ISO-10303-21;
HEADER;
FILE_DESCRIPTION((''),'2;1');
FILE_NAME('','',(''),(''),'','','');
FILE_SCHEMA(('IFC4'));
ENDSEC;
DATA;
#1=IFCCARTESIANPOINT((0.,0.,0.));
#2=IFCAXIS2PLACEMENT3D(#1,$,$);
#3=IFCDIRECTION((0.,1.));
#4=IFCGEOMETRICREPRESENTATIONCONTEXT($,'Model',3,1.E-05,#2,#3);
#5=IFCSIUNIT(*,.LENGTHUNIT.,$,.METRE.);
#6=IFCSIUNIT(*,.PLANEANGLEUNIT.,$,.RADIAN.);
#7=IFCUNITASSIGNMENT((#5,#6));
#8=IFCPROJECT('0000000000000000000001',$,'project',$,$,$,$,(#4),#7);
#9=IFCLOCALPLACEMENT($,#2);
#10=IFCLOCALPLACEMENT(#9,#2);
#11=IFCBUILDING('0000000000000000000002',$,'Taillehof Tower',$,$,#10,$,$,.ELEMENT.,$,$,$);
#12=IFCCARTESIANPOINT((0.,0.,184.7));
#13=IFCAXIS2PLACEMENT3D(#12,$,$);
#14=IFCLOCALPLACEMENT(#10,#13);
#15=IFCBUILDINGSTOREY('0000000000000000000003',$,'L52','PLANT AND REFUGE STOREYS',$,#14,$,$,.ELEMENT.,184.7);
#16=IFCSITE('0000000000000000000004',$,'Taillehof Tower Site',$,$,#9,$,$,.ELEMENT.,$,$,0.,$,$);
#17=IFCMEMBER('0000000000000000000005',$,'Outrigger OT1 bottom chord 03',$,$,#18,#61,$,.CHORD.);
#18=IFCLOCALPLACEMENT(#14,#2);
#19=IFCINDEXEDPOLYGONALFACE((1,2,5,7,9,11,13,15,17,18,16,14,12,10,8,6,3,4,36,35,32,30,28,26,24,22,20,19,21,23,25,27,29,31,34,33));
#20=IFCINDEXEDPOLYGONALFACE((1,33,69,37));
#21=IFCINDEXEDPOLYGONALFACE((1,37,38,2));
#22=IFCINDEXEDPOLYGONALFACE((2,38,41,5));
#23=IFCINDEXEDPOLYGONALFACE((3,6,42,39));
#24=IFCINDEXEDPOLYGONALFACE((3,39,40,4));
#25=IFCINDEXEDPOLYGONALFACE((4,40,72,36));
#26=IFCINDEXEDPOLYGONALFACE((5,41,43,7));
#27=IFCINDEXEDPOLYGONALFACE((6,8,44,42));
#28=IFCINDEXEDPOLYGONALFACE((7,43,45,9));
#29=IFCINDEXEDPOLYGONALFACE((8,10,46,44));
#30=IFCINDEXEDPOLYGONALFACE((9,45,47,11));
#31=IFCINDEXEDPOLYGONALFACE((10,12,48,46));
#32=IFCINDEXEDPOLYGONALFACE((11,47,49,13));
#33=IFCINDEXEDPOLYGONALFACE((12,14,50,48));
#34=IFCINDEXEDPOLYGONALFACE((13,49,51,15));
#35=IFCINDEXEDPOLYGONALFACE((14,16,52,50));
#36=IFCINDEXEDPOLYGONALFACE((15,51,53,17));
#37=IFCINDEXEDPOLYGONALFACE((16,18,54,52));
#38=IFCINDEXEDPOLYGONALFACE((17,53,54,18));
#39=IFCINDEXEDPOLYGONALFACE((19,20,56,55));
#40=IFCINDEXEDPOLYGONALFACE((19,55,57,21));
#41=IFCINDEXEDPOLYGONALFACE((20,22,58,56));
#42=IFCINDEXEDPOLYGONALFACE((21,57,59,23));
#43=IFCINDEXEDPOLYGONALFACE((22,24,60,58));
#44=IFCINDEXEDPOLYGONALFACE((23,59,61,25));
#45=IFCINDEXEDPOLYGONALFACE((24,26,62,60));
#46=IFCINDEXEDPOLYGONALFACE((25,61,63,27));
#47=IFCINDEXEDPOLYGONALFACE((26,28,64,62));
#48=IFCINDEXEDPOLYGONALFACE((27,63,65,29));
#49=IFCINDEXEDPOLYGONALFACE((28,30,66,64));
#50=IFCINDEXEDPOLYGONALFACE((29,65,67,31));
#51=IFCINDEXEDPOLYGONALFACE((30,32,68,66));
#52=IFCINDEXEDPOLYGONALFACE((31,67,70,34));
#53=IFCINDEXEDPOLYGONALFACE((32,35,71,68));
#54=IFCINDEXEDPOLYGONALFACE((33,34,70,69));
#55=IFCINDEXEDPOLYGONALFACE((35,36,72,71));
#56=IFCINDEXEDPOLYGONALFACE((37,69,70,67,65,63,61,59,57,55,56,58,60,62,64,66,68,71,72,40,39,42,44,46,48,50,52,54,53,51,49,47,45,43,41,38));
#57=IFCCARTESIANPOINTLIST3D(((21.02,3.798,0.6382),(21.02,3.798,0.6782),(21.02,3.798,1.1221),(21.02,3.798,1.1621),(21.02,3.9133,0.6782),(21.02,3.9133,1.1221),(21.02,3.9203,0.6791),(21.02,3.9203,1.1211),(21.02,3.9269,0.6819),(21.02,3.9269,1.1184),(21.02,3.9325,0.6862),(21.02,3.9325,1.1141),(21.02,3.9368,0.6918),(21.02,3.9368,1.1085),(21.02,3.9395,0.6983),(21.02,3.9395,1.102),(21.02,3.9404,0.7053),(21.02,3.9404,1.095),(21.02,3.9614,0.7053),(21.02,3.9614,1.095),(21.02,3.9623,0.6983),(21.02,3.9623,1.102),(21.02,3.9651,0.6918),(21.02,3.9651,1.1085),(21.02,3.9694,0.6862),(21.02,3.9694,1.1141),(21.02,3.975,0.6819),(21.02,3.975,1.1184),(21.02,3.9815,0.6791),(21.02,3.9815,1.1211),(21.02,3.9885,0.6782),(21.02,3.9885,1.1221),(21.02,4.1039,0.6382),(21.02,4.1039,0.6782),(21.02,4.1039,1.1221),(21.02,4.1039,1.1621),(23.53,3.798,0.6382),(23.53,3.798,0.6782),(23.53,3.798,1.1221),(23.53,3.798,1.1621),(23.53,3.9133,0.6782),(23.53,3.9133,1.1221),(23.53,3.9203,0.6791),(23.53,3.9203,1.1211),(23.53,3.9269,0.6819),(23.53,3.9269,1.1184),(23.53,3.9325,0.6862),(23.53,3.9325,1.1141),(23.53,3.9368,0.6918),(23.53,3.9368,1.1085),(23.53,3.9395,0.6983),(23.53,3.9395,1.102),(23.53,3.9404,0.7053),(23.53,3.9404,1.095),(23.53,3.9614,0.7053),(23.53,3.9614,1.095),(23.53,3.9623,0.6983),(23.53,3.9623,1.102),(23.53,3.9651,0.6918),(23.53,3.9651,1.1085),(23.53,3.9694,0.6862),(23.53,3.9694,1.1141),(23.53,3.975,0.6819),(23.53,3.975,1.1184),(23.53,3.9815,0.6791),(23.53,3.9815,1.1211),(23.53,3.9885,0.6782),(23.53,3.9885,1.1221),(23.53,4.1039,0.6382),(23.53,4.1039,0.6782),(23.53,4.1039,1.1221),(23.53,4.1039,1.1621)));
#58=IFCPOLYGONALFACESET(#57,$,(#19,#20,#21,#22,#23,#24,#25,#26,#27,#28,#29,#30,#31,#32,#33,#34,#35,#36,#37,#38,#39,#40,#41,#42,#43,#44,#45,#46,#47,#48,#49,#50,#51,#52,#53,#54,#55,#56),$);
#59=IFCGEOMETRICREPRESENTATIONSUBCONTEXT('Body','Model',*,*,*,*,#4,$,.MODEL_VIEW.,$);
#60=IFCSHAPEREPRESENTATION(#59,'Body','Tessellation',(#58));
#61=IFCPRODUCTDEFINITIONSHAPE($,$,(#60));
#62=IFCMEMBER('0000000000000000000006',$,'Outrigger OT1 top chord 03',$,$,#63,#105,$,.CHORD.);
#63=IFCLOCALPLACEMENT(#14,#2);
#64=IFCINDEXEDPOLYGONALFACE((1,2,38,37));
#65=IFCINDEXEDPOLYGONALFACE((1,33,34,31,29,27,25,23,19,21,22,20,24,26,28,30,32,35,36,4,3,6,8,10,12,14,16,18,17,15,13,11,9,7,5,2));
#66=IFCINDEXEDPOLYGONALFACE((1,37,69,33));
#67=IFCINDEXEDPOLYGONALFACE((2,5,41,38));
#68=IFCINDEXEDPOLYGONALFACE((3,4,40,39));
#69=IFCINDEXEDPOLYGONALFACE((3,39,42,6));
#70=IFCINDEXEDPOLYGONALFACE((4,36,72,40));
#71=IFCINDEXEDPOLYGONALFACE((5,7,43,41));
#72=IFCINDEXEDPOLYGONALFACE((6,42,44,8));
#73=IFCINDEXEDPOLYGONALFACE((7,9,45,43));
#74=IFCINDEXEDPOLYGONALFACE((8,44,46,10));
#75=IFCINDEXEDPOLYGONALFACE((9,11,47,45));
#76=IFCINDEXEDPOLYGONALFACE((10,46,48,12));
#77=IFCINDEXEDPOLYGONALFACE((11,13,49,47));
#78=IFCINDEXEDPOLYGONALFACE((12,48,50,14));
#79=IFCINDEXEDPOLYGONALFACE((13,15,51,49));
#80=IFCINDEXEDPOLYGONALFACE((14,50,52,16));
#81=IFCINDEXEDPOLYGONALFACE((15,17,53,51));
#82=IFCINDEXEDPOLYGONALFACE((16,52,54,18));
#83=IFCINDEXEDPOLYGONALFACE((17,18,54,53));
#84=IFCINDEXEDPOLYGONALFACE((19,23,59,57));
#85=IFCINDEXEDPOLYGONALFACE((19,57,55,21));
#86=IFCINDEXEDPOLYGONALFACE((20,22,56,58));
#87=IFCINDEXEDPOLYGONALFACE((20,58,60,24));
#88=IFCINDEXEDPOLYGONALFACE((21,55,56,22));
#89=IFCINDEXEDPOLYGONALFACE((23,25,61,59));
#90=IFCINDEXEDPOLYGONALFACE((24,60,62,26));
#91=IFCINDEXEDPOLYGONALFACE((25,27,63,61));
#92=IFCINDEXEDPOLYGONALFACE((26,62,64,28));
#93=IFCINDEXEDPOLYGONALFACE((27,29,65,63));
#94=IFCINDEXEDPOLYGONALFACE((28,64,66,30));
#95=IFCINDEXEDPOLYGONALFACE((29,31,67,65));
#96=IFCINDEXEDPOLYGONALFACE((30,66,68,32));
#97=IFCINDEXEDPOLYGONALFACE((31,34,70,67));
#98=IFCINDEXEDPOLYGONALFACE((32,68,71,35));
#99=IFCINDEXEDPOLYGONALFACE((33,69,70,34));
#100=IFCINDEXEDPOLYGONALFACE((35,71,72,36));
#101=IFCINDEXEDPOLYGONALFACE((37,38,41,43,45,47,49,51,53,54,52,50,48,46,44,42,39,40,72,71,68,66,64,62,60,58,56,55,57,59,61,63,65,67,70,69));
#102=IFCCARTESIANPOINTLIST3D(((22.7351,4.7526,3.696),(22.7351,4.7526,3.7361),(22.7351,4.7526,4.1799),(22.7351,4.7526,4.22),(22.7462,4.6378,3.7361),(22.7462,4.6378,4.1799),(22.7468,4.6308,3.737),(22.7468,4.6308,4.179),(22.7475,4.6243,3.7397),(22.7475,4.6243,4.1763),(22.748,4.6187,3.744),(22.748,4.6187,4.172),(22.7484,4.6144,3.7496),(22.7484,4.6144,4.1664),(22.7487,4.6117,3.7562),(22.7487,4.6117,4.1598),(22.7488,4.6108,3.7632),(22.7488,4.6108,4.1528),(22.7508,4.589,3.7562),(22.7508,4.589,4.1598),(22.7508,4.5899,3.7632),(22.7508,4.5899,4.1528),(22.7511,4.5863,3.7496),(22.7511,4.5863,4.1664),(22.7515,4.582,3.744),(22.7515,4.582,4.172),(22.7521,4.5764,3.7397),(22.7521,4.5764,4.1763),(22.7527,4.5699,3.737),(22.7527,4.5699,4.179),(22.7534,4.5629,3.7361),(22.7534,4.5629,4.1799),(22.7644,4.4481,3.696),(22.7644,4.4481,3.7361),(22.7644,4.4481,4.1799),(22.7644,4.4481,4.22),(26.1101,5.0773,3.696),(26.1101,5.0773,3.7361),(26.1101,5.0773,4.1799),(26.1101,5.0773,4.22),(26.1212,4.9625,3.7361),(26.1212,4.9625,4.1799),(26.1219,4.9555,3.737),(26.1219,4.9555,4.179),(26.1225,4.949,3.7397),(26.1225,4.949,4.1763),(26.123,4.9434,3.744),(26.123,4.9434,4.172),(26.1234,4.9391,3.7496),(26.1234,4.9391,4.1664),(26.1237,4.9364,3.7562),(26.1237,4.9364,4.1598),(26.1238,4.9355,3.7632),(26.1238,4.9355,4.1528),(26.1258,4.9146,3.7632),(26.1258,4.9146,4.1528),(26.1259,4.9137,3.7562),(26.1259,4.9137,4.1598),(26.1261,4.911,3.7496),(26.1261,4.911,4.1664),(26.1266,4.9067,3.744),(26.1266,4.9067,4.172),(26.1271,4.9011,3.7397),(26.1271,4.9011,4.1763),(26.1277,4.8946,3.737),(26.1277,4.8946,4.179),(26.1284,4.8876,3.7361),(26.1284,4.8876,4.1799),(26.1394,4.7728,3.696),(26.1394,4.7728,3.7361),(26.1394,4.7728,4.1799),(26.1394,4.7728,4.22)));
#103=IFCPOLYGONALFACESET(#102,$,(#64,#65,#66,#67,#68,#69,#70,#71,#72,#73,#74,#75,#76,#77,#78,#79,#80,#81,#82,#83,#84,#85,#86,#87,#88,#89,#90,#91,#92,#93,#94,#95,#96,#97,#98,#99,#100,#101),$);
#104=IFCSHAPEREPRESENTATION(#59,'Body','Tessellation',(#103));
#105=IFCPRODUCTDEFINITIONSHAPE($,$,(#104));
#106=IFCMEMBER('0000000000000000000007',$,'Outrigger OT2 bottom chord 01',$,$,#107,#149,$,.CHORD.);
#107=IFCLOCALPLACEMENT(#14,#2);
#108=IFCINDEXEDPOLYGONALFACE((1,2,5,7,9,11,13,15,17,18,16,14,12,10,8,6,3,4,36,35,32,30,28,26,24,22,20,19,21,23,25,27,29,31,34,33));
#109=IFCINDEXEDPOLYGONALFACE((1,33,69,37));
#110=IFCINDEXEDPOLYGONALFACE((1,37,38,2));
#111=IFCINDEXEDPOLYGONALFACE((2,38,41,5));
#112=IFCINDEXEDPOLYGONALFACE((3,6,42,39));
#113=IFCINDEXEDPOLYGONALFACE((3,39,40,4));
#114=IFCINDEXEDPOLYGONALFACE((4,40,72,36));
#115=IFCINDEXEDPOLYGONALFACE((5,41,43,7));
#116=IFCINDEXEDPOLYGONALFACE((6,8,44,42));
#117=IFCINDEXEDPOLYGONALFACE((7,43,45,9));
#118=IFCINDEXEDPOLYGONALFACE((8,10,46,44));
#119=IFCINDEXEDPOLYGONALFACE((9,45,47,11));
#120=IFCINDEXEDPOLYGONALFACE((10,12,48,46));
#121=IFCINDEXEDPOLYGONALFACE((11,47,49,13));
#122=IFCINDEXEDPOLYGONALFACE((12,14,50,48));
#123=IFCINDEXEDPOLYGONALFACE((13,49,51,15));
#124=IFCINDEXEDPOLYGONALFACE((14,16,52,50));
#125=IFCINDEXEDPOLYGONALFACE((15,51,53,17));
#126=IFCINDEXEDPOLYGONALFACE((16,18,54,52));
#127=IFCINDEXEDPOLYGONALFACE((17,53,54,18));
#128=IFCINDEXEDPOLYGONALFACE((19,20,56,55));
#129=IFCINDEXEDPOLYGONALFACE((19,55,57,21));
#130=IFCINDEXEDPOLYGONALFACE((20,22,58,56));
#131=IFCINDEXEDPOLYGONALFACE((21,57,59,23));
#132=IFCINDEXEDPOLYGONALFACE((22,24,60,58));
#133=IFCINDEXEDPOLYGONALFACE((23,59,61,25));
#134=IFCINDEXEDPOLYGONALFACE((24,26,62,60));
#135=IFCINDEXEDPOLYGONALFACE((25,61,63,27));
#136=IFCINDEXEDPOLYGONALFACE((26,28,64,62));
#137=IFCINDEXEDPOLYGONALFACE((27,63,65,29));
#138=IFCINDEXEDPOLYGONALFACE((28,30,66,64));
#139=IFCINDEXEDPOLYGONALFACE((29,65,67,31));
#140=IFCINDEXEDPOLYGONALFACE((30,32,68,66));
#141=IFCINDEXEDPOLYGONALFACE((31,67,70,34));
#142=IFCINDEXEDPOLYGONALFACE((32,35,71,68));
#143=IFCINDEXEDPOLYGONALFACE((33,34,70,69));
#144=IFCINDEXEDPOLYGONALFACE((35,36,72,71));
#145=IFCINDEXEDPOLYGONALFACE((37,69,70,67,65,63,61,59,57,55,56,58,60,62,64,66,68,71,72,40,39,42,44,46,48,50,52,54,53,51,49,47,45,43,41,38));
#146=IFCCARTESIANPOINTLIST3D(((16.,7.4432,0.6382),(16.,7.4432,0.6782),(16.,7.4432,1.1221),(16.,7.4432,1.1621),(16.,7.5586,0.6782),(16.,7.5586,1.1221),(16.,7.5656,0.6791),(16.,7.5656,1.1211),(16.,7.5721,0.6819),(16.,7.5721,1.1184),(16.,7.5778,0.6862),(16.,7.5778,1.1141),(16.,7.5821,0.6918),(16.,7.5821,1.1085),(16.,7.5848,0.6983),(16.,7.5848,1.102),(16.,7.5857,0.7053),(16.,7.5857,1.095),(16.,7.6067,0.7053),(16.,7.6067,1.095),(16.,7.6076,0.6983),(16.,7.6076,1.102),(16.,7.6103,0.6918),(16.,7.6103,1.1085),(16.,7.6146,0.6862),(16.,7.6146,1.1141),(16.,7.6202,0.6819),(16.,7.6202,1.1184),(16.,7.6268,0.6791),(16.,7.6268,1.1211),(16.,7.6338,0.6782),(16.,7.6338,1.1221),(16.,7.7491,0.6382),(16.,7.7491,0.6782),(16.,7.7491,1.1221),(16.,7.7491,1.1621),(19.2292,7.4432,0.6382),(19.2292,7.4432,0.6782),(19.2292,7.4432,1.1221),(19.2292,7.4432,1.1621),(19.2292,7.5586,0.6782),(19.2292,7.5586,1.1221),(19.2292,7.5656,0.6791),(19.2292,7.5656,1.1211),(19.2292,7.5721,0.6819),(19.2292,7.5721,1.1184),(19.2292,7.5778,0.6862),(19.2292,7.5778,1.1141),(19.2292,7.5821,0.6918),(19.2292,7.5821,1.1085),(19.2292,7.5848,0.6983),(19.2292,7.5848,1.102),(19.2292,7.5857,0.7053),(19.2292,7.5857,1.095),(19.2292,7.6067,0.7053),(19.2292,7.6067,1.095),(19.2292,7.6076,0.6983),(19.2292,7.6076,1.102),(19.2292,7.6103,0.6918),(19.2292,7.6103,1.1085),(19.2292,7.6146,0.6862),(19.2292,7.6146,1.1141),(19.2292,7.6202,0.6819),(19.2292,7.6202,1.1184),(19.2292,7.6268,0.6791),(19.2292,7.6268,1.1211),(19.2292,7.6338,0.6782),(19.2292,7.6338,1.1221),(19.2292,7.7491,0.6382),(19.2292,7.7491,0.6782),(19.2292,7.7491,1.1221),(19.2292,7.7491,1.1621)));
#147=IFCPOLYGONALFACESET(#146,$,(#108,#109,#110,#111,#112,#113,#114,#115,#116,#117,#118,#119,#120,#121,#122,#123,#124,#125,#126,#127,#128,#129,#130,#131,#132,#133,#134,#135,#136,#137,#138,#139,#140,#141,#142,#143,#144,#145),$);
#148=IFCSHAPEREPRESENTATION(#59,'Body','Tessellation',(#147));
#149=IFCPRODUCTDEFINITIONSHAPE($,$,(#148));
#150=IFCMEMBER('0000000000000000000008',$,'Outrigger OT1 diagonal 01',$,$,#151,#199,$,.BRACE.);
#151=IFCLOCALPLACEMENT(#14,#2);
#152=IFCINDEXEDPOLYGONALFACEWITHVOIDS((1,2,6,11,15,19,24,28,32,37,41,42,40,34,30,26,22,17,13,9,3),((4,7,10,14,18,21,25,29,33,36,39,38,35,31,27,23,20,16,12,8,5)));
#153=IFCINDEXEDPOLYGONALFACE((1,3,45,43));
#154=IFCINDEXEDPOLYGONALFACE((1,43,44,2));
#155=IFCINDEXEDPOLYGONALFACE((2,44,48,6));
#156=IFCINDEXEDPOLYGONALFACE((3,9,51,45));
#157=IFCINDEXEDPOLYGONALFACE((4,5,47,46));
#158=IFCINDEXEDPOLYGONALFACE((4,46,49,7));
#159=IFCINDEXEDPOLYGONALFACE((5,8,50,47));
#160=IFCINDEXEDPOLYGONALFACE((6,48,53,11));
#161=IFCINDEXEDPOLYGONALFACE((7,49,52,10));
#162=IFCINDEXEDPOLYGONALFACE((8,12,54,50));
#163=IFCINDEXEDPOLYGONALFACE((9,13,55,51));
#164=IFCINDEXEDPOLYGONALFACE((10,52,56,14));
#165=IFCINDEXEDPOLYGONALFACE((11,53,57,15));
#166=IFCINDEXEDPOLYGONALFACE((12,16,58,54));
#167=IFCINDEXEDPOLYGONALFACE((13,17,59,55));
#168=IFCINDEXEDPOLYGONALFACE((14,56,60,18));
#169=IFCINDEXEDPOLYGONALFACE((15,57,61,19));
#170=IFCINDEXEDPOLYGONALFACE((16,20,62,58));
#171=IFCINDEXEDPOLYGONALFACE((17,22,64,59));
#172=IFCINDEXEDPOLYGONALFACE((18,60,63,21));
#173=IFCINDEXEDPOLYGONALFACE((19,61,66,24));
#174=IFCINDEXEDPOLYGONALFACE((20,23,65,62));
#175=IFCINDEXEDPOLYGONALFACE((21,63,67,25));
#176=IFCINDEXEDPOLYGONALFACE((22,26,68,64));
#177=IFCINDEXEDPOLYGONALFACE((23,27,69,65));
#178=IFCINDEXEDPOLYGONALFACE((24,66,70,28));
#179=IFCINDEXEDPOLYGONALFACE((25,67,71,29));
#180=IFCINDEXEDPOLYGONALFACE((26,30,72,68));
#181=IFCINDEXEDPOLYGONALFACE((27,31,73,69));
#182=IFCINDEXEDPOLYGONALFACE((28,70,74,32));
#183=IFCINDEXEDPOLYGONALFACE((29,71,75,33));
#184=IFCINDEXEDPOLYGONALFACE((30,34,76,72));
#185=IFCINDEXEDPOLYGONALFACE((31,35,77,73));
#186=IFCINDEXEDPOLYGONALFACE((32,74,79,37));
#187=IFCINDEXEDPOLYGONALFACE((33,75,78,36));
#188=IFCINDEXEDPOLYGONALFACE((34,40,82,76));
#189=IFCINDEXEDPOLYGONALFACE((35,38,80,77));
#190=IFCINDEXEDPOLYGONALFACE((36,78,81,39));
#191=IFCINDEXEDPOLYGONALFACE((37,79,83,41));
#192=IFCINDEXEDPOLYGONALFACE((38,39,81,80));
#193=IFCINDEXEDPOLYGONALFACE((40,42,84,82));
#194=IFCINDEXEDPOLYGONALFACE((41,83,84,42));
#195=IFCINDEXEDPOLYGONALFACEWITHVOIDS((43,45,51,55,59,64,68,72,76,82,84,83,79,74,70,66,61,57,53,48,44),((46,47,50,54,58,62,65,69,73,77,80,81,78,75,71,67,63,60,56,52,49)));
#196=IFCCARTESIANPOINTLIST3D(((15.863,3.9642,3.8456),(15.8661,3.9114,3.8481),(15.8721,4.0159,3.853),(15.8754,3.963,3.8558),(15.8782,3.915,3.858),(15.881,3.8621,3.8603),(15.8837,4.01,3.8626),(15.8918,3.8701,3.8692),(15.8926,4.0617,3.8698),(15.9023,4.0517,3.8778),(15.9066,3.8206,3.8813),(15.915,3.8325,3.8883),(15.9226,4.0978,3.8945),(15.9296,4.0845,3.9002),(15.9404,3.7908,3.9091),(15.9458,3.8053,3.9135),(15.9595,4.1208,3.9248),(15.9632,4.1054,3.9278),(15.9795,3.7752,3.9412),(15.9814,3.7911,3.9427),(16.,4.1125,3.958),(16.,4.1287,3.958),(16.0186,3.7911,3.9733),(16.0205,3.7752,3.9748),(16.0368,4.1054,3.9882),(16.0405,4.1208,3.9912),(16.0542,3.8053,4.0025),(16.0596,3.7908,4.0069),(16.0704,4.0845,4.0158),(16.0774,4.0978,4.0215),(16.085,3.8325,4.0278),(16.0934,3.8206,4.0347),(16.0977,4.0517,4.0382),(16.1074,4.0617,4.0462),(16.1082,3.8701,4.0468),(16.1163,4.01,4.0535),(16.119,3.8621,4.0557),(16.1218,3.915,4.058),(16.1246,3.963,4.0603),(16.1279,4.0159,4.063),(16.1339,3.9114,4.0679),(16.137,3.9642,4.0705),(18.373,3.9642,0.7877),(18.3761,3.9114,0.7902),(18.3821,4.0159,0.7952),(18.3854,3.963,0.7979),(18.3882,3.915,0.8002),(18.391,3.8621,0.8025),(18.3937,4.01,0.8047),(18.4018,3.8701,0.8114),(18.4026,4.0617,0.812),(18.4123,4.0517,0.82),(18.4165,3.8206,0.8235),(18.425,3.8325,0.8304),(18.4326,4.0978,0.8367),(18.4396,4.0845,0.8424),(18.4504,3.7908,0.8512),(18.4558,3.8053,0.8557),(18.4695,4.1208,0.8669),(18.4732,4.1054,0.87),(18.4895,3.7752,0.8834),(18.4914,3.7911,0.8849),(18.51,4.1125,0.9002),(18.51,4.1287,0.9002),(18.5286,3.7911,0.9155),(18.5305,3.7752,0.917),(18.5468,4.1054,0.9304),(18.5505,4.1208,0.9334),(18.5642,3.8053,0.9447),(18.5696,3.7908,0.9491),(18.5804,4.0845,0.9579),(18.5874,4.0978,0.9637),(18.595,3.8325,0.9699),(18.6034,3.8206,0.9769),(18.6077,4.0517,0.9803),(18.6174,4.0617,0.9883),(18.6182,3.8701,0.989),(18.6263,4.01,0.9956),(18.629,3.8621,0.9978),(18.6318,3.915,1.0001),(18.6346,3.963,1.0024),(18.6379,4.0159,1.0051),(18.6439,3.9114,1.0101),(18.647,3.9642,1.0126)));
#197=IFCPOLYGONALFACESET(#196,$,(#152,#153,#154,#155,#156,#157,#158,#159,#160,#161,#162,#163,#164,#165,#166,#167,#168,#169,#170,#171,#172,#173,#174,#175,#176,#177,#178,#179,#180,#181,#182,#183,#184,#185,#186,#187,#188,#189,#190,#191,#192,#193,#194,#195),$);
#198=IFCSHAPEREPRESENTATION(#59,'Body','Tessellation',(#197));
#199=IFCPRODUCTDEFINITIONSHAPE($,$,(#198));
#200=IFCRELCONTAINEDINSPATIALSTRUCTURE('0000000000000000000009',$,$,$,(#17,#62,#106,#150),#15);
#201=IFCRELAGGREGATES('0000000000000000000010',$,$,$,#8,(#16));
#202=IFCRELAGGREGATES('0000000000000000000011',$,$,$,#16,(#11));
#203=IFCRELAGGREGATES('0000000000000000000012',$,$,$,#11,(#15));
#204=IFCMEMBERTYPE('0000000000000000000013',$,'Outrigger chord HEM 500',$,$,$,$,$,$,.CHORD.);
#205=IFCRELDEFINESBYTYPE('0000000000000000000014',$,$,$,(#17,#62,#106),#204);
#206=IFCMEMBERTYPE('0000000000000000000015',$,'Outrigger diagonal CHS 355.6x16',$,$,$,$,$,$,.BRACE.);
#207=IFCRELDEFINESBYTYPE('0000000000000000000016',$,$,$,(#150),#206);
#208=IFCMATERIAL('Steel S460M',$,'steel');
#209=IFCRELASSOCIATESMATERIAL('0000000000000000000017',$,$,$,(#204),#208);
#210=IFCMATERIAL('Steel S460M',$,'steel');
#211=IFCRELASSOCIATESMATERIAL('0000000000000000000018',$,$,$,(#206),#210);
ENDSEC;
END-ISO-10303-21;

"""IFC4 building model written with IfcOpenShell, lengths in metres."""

from ifc_helpers import new_model, si_unit, direction, frame, origin, origin_2d, place, context, subcontext, project, spatial, hollow_circle, i_section, extrude, material, material_profile, profile_set, type_object, element, save


model = new_model("IFC4")

# Units and contexts
model_context = context("Model", 3, precision=1e-05, world=origin(), true_north=direction((0.0, 1.0)))
body_context = subcontext(model_context, "Body", "Model", "MODEL_VIEW")
ifc_project = project(units=[si_unit("LENGTHUNIT", "METRE"), si_unit("PLANEANGLEUNIT", "RADIAN")], contexts=[model_context])

# Site, building, storey
site_placement = place(None, origin())
site = spatial("IfcSite", under=ifc_project, at=site_placement, Name="Taillehof Tower Site", CompositionType="ELEMENT", RefElevation=0.0)
building_placement = place(site_placement, origin())
building = spatial("IfcBuilding", under=site, at=building_placement, Name="Taillehof Tower", CompositionType="ELEMENT")
storey_placement = place(building_placement, frame((0.0, 0.0, 184.7)))
storey = spatial("IfcBuildingStorey", under=building, at=storey_placement, Name="L52", Description="PLANT AND REFUGE STOREYS", CompositionType="ELEMENT", Elevation=184.7)

# Members
ifc_material_1 = material(Name="Steel S460M", Category="steel")
ifc_material_profile_1 = material_profile(ifc_material_1, i_section(OverallWidth=0.3059, OverallDepth=0.5239, WebThickness=0.021, FlangeThickness=0.04, FilletRadius=0.0271, at=origin_2d()), Name="HEM 500")
ifc_profile_set_1 = profile_set([ifc_material_profile_1], Name="Steel S460M")
member_type_1 = type_object("IfcMemberType", Name="Outrigger chord HEM 500", PredefinedType="CHORD", material=ifc_profile_set_1)
member_1_placement = place(storey_placement, frame((21.02, 3.9509, 0.9001), z_axis=(1.0, 0.0, 0.0), x_axis=(0.0, 1.0, 0.0)))
element("IfcMember", 1, at=member_1_placement, inside=storey, type_object=member_type_1, Name="Outrigger OT1 bottom chord 03", PredefinedType="CHORD", context=body_context, shape_type="SweptSolid", body=[
    extrude(i_section(OverallWidth=0.3059, OverallDepth=0.5239, WebThickness=0.021, FlangeThickness=0.04, FilletRadius=0.0271, at=origin_2d()), origin(), (0.0, 0.0, 1.0), 2.51),
])
member_2_placement = place(storey_placement, frame((22.7498, 4.6003, 3.958), z_axis=(0.995404, 0.095767, 0.0), x_axis=(-0.095767, 0.995404, 0.0)))
element("IfcMember", 2, at=member_2_placement, inside=storey, type_object=member_type_1, Name="Outrigger OT1 top chord 03", PredefinedType="CHORD", context=body_context, shape_type="SweptSolid", body=[
    extrude(i_section(OverallWidth=0.3059, OverallDepth=0.5239, WebThickness=0.021, FlangeThickness=0.04, FilletRadius=0.0271, at=origin_2d()), origin(), (0.0, 0.0, 1.0), 3.3906),
])
member_3_placement = place(storey_placement, frame((16.0, 7.5962, 0.9001), z_axis=(1.0, 0.0, 0.0), x_axis=(0.0, 1.0, 0.0)))
element("IfcMember", 3, at=member_3_placement, inside=storey, type_object=member_type_1, Name="Outrigger OT2 bottom chord 01", PredefinedType="CHORD", context=body_context, shape_type="SweptSolid", body=[
    extrude(i_section(OverallWidth=0.3059, OverallDepth=0.5239, WebThickness=0.021, FlangeThickness=0.04, FilletRadius=0.0271, at=origin_2d()), origin(), (0.0, 0.0, 1.0), 3.2292),
])
ifc_material_2 = material(Name="Steel S460M", Category="steel")
ifc_material_profile_2 = material_profile(ifc_material_2, hollow_circle(Radius=0.1777, WallThickness=0.0161, at=origin_2d()), Name="CHS 355.6x16")
ifc_profile_set_2 = profile_set([ifc_material_profile_2], Name="Steel S460M")
member_type_2 = type_object("IfcMemberType", Name="Outrigger diagonal CHS 355.6x16", PredefinedType="BRACE", material=ifc_profile_set_2)
member_4_placement = place(storey_placement, frame((16.0, 3.9509, 3.958), z_axis=(0.634467, 0.0, -0.77295), x_axis=(0.0, 1.0, 0.0)))
element("IfcMember", 4, at=member_4_placement, inside=storey, type_object=member_type_2, Name="Outrigger OT1 diagonal 01", PredefinedType="BRACE", context=body_context, shape_type="SweptSolid", body=[
    extrude(hollow_circle(Radius=0.1777, WallThickness=0.0161, at=origin_2d()), origin(), (0.0, 0.0, 1.0), 3.9561),
])

save(model, "model.ifc")
